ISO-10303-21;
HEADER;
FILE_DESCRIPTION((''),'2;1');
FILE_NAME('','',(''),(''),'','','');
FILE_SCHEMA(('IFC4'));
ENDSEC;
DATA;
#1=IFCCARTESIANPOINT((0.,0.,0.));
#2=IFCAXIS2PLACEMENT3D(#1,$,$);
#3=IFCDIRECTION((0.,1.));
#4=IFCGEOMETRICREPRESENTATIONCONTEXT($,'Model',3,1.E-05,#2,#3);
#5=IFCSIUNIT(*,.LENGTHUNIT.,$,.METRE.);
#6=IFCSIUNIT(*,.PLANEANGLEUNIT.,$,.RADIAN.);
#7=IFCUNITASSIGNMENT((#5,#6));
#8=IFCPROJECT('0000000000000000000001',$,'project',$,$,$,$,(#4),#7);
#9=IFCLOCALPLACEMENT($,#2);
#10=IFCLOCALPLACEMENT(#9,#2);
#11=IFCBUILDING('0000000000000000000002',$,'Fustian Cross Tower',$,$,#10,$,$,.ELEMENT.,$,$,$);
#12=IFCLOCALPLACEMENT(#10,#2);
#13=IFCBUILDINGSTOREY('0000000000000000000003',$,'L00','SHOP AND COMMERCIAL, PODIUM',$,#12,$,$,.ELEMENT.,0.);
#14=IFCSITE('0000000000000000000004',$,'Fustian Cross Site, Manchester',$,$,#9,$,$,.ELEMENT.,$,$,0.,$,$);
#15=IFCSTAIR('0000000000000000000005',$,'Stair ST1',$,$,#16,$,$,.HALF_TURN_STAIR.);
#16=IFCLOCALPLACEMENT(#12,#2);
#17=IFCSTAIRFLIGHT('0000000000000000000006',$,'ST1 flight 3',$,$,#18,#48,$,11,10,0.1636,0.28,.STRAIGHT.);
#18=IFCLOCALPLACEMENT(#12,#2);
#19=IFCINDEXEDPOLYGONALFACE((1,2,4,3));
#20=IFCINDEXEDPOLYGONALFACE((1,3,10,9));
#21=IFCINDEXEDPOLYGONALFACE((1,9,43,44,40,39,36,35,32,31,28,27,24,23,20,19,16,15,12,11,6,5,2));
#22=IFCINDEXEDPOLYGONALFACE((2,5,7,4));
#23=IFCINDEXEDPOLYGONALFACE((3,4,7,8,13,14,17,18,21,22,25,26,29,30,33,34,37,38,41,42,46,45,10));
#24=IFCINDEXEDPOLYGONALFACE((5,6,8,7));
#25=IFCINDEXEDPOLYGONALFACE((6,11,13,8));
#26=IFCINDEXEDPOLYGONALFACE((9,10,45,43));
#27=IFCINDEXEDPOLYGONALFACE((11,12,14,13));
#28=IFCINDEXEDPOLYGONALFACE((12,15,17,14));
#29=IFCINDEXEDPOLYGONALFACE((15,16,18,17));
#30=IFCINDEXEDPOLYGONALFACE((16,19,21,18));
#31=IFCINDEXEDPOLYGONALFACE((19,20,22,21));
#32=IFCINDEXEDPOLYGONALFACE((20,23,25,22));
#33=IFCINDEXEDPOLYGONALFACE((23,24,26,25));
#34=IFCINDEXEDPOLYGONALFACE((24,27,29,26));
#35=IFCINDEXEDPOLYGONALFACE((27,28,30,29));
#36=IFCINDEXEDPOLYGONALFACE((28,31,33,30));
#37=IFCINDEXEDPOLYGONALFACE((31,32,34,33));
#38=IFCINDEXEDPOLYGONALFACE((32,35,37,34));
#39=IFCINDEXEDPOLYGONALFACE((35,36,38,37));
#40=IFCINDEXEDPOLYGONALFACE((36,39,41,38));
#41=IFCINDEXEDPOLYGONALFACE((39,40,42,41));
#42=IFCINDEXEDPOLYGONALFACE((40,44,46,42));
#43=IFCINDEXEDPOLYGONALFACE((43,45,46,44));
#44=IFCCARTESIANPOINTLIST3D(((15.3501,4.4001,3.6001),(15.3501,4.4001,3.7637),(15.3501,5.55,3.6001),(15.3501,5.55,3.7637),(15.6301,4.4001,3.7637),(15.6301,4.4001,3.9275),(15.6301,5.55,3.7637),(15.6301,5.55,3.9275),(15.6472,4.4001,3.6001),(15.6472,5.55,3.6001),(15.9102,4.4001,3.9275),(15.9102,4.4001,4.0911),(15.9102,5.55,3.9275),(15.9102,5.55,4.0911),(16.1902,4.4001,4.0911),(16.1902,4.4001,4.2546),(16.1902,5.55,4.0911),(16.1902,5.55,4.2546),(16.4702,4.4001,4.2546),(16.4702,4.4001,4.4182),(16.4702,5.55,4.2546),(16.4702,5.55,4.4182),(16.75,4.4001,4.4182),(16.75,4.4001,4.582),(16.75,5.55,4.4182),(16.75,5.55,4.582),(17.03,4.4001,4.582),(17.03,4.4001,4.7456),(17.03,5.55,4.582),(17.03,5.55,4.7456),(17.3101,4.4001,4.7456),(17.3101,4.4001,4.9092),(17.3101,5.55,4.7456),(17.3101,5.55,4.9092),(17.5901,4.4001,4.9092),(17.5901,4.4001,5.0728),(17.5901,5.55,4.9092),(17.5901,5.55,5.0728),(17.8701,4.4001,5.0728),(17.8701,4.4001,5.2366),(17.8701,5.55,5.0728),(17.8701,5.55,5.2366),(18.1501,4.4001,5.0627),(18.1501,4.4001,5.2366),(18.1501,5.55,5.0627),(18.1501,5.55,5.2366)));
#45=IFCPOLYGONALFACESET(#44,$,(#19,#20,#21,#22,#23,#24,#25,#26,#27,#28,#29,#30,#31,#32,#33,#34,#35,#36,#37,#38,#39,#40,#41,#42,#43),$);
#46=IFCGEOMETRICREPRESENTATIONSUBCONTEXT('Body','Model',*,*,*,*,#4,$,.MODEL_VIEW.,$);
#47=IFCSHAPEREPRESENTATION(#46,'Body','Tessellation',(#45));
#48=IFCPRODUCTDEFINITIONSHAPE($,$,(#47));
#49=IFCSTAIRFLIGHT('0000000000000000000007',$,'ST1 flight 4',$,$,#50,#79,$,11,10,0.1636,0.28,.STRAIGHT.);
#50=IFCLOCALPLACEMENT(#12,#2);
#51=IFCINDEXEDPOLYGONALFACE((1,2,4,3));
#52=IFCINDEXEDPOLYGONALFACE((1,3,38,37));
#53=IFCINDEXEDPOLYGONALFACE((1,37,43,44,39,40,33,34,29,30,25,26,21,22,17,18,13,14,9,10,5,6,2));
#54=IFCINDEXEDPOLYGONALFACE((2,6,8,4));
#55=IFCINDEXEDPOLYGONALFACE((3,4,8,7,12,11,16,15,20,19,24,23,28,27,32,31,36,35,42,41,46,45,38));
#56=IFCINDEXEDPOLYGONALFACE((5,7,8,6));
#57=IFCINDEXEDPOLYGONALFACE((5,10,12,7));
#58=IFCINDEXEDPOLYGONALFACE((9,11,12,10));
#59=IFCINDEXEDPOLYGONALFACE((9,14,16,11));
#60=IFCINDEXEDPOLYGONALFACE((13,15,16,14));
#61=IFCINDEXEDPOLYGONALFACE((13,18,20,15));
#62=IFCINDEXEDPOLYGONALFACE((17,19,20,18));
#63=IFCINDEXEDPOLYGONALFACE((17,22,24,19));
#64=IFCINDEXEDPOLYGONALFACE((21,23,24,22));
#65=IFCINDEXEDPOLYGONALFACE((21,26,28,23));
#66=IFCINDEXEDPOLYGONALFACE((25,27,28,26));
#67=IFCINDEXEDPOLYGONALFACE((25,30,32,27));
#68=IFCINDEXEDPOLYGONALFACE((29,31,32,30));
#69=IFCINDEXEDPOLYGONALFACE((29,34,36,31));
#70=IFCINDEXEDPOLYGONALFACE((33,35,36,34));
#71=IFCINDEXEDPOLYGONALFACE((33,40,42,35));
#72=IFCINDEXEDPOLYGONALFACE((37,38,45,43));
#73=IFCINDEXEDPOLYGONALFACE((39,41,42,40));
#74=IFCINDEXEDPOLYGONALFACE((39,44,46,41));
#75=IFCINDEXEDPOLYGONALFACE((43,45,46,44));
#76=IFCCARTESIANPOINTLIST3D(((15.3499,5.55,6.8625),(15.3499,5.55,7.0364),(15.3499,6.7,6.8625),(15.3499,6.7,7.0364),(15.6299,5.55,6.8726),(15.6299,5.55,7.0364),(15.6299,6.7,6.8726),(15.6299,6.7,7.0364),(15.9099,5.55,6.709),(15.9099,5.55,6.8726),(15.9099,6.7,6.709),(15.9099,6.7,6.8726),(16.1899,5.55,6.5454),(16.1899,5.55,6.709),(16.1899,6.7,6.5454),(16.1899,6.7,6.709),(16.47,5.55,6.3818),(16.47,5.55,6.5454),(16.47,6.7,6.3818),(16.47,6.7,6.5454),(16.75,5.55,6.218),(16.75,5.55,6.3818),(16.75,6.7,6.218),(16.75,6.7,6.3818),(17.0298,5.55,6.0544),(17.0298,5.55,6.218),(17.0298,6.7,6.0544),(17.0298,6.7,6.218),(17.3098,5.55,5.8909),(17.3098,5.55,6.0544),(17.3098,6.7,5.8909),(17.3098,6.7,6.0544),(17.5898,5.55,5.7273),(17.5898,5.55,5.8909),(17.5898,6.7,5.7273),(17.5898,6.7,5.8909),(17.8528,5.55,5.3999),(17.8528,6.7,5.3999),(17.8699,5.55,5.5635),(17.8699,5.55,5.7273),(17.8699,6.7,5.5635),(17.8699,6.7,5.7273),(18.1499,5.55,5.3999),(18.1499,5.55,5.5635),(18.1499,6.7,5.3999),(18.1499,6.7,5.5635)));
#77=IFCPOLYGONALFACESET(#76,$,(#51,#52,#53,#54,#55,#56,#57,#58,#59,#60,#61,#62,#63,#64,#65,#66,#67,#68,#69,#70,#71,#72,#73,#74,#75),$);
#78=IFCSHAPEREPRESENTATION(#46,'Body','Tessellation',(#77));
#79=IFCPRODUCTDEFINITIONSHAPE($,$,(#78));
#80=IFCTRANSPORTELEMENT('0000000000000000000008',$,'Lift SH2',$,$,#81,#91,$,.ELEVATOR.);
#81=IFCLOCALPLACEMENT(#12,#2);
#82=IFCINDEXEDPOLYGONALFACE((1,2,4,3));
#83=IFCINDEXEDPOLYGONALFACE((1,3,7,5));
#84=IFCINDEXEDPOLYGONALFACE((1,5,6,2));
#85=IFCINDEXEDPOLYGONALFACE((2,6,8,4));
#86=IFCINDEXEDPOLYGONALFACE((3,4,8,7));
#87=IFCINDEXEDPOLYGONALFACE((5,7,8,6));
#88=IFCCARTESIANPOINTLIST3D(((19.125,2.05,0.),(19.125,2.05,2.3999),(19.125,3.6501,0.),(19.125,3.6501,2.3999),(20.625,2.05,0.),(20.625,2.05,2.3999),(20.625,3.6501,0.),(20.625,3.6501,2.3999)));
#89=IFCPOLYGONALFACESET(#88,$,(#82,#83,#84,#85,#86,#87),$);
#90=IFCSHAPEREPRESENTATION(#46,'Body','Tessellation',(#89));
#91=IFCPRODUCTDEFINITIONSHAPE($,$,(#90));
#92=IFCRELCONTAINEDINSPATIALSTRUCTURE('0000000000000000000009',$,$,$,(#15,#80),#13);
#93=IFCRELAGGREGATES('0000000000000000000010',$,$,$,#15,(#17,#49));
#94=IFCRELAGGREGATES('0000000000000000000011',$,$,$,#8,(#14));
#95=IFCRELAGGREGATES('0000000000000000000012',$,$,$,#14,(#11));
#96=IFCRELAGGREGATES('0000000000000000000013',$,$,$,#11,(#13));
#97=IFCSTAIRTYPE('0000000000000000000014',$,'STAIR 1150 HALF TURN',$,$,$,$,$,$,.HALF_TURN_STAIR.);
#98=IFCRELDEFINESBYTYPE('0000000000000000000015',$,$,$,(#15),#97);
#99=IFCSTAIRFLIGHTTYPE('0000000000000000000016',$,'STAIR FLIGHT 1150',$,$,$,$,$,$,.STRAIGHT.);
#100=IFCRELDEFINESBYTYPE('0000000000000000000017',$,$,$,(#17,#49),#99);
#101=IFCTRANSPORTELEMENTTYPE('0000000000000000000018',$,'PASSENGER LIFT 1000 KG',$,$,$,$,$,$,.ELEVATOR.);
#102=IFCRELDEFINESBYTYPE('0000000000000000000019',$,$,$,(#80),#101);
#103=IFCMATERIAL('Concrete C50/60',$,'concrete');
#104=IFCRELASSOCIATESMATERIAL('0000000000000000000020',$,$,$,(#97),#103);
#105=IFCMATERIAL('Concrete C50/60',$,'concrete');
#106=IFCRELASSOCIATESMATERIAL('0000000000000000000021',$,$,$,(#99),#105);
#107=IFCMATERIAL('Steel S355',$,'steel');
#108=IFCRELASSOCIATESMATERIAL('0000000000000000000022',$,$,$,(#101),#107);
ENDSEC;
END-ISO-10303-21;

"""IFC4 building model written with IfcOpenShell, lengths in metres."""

from ifc_helpers import new_model, si_unit, direction, frame, origin, origin_2d, place, context, subcontext, project, spatial, polyline, rectangle, outline, extrude, material, type_object, element, aggregate, save


model = new_model("IFC4")

# Units and contexts
model_context = context("Model", 3, precision=1e-05, world=origin(), true_north=direction((0.0, 1.0)))
body_context = subcontext(model_context, "Body", "Model", "MODEL_VIEW")
ifc_project = project(units=[si_unit("LENGTHUNIT", "METRE"), si_unit("PLANEANGLEUNIT", "RADIAN")], contexts=[model_context])

# Site, building, storey
site_placement = place(None, origin())
site = spatial("IfcSite", under=ifc_project, at=site_placement, Name="Fustian Cross Site, Manchester", CompositionType="ELEMENT", RefElevation=0.0)
building_placement = place(site_placement, origin())
building = spatial("IfcBuilding", under=site, at=building_placement, Name="Fustian Cross Tower", CompositionType="ELEMENT")
storey_placement = place(building_placement, origin())
storey = spatial("IfcBuildingStorey", under=building, at=storey_placement, Name="L00", Description="SHOP AND COMMERCIAL, PODIUM", CompositionType="ELEMENT", Elevation=0.0)

# Stair, stair flights
ifc_material_1 = material(Name="Concrete C50/60", Category="concrete")
stair_type = type_object("IfcStairType", Name="STAIR 1150 HALF TURN", PredefinedType="HALF_TURN_STAIR", material=ifc_material_1)
stair_placement = place(storey_placement, origin())
stair = element("IfcStair", 1, at=stair_placement, inside=storey, type_object=stair_type, Name="Stair ST1", PredefinedType="HALF_TURN_STAIR")
ifc_material_2 = material(Name="Concrete C50/60", Category="concrete")
stair_flight_type = type_object("IfcStairFlightType", Name="STAIR FLIGHT 1150", PredefinedType="STRAIGHT", material=ifc_material_2)
stair_flight_1_placement = place(storey_placement, frame((15.3501, 4.9751, 3.6001), z_axis=(0.0, 0.0, 1.0), x_axis=(1.0, 0.0, 0.0)))
stair_flight_1 = element("IfcStairFlight", 2, at=stair_flight_1_placement, type_object=stair_flight_type, Name="ST1 flight 3", NumberOfRisers=11, NumberOfTreads=10, PredefinedType="STRAIGHT", RiserHeight=0.1636, TreadLength=0.28, context=body_context, shape_type="SweptSolid", body=[
    extrude(outline(polyline([(0.0, 0.0), (0.0, 0.1636), (0.28, 0.1636), (0.28, 0.3274), (0.5601, 0.3274), (0.5601, 0.491), (0.8401, 0.491), (0.8401, 0.6545), (1.1201, 0.6545), (1.1201, 0.8181), (1.3999, 0.8181), (1.3999, 0.9819), (1.6799, 0.9819), (1.6799, 1.1455), (1.96, 1.1455), (1.96, 1.3091), (2.24, 1.3091), (2.24, 1.4727), (2.52, 1.4727), (2.52, 1.6365), (2.8, 1.6365), (2.8, 1.8), (2.8, 1.4626), (0.2971, 0.0), (0.0, 0.0)])), frame((0.0, 0.575, 0.0), z_axis=(0.0, -1.0, 0.0), x_axis=(1.0, 0.0, 0.0)), (0.0, 0.0, 1.0), 1.1499),
])
stair_flight_2_placement = place(storey_placement, frame((18.1499, 6.125, 5.3999), z_axis=(0.0, 0.0, 1.0), x_axis=(-1.0, 0.0, 0.0)))
stair_flight_2 = element("IfcStairFlight", 3, at=stair_flight_2_placement, type_object=stair_flight_type, Name="ST1 flight 4", NumberOfRisers=11, NumberOfTreads=10, PredefinedType="STRAIGHT", RiserHeight=0.1636, TreadLength=0.28, context=body_context, shape_type="SweptSolid", body=[
    extrude(outline(polyline([(0.0, 0.0), (0.0, 0.1636), (0.28, 0.1636), (0.28, 0.3274), (0.5601, 0.3274), (0.5601, 0.491), (0.8401, 0.491), (0.8401, 0.6545), (1.1201, 0.6545), (1.1201, 0.8181), (1.3999, 0.8181), (1.3999, 0.9819), (1.6799, 0.9819), (1.6799, 1.1455), (1.96, 1.1455), (1.96, 1.3091), (2.24, 1.3091), (2.24, 1.4727), (2.52, 1.4727), (2.52, 1.6365), (2.8, 1.6365), (2.8, 1.8), (2.8, 1.4626), (0.2971, 0.0), (0.0, 0.0)])), frame((0.0, 0.575, 0.0), z_axis=(0.0, -1.0, 0.0), x_axis=(1.0, 0.0, 0.0)), (0.0, 0.0, 1.0), 1.1499),
])
aggregate(stair, [stair_flight_1, stair_flight_2])

# Transport element
ifc_material_3 = material(Name="Steel S355", Category="steel")
transport_element_type = type_object("IfcTransportElementType", Name="PASSENGER LIFT 1000 KG", PredefinedType="ELEVATOR", material=ifc_material_3)
transport_element_placement = place(storey_placement, frame((19.875, 2.8501, 0.0), z_axis=(0.0, 0.0, 1.0), x_axis=(1.0, 0.0, 0.0)))
element("IfcTransportElement", 4, at=transport_element_placement, inside=storey, type_object=transport_element_type, Name="Lift SH2", PredefinedType="ELEVATOR", context=body_context, shape_type="SweptSolid", body=[
    extrude(rectangle(XDim=1.5, YDim=1.6001, at=origin_2d()), origin(), (0.0, 0.0, 1.0), 2.3999),
])

save(model, "model.ifc")
